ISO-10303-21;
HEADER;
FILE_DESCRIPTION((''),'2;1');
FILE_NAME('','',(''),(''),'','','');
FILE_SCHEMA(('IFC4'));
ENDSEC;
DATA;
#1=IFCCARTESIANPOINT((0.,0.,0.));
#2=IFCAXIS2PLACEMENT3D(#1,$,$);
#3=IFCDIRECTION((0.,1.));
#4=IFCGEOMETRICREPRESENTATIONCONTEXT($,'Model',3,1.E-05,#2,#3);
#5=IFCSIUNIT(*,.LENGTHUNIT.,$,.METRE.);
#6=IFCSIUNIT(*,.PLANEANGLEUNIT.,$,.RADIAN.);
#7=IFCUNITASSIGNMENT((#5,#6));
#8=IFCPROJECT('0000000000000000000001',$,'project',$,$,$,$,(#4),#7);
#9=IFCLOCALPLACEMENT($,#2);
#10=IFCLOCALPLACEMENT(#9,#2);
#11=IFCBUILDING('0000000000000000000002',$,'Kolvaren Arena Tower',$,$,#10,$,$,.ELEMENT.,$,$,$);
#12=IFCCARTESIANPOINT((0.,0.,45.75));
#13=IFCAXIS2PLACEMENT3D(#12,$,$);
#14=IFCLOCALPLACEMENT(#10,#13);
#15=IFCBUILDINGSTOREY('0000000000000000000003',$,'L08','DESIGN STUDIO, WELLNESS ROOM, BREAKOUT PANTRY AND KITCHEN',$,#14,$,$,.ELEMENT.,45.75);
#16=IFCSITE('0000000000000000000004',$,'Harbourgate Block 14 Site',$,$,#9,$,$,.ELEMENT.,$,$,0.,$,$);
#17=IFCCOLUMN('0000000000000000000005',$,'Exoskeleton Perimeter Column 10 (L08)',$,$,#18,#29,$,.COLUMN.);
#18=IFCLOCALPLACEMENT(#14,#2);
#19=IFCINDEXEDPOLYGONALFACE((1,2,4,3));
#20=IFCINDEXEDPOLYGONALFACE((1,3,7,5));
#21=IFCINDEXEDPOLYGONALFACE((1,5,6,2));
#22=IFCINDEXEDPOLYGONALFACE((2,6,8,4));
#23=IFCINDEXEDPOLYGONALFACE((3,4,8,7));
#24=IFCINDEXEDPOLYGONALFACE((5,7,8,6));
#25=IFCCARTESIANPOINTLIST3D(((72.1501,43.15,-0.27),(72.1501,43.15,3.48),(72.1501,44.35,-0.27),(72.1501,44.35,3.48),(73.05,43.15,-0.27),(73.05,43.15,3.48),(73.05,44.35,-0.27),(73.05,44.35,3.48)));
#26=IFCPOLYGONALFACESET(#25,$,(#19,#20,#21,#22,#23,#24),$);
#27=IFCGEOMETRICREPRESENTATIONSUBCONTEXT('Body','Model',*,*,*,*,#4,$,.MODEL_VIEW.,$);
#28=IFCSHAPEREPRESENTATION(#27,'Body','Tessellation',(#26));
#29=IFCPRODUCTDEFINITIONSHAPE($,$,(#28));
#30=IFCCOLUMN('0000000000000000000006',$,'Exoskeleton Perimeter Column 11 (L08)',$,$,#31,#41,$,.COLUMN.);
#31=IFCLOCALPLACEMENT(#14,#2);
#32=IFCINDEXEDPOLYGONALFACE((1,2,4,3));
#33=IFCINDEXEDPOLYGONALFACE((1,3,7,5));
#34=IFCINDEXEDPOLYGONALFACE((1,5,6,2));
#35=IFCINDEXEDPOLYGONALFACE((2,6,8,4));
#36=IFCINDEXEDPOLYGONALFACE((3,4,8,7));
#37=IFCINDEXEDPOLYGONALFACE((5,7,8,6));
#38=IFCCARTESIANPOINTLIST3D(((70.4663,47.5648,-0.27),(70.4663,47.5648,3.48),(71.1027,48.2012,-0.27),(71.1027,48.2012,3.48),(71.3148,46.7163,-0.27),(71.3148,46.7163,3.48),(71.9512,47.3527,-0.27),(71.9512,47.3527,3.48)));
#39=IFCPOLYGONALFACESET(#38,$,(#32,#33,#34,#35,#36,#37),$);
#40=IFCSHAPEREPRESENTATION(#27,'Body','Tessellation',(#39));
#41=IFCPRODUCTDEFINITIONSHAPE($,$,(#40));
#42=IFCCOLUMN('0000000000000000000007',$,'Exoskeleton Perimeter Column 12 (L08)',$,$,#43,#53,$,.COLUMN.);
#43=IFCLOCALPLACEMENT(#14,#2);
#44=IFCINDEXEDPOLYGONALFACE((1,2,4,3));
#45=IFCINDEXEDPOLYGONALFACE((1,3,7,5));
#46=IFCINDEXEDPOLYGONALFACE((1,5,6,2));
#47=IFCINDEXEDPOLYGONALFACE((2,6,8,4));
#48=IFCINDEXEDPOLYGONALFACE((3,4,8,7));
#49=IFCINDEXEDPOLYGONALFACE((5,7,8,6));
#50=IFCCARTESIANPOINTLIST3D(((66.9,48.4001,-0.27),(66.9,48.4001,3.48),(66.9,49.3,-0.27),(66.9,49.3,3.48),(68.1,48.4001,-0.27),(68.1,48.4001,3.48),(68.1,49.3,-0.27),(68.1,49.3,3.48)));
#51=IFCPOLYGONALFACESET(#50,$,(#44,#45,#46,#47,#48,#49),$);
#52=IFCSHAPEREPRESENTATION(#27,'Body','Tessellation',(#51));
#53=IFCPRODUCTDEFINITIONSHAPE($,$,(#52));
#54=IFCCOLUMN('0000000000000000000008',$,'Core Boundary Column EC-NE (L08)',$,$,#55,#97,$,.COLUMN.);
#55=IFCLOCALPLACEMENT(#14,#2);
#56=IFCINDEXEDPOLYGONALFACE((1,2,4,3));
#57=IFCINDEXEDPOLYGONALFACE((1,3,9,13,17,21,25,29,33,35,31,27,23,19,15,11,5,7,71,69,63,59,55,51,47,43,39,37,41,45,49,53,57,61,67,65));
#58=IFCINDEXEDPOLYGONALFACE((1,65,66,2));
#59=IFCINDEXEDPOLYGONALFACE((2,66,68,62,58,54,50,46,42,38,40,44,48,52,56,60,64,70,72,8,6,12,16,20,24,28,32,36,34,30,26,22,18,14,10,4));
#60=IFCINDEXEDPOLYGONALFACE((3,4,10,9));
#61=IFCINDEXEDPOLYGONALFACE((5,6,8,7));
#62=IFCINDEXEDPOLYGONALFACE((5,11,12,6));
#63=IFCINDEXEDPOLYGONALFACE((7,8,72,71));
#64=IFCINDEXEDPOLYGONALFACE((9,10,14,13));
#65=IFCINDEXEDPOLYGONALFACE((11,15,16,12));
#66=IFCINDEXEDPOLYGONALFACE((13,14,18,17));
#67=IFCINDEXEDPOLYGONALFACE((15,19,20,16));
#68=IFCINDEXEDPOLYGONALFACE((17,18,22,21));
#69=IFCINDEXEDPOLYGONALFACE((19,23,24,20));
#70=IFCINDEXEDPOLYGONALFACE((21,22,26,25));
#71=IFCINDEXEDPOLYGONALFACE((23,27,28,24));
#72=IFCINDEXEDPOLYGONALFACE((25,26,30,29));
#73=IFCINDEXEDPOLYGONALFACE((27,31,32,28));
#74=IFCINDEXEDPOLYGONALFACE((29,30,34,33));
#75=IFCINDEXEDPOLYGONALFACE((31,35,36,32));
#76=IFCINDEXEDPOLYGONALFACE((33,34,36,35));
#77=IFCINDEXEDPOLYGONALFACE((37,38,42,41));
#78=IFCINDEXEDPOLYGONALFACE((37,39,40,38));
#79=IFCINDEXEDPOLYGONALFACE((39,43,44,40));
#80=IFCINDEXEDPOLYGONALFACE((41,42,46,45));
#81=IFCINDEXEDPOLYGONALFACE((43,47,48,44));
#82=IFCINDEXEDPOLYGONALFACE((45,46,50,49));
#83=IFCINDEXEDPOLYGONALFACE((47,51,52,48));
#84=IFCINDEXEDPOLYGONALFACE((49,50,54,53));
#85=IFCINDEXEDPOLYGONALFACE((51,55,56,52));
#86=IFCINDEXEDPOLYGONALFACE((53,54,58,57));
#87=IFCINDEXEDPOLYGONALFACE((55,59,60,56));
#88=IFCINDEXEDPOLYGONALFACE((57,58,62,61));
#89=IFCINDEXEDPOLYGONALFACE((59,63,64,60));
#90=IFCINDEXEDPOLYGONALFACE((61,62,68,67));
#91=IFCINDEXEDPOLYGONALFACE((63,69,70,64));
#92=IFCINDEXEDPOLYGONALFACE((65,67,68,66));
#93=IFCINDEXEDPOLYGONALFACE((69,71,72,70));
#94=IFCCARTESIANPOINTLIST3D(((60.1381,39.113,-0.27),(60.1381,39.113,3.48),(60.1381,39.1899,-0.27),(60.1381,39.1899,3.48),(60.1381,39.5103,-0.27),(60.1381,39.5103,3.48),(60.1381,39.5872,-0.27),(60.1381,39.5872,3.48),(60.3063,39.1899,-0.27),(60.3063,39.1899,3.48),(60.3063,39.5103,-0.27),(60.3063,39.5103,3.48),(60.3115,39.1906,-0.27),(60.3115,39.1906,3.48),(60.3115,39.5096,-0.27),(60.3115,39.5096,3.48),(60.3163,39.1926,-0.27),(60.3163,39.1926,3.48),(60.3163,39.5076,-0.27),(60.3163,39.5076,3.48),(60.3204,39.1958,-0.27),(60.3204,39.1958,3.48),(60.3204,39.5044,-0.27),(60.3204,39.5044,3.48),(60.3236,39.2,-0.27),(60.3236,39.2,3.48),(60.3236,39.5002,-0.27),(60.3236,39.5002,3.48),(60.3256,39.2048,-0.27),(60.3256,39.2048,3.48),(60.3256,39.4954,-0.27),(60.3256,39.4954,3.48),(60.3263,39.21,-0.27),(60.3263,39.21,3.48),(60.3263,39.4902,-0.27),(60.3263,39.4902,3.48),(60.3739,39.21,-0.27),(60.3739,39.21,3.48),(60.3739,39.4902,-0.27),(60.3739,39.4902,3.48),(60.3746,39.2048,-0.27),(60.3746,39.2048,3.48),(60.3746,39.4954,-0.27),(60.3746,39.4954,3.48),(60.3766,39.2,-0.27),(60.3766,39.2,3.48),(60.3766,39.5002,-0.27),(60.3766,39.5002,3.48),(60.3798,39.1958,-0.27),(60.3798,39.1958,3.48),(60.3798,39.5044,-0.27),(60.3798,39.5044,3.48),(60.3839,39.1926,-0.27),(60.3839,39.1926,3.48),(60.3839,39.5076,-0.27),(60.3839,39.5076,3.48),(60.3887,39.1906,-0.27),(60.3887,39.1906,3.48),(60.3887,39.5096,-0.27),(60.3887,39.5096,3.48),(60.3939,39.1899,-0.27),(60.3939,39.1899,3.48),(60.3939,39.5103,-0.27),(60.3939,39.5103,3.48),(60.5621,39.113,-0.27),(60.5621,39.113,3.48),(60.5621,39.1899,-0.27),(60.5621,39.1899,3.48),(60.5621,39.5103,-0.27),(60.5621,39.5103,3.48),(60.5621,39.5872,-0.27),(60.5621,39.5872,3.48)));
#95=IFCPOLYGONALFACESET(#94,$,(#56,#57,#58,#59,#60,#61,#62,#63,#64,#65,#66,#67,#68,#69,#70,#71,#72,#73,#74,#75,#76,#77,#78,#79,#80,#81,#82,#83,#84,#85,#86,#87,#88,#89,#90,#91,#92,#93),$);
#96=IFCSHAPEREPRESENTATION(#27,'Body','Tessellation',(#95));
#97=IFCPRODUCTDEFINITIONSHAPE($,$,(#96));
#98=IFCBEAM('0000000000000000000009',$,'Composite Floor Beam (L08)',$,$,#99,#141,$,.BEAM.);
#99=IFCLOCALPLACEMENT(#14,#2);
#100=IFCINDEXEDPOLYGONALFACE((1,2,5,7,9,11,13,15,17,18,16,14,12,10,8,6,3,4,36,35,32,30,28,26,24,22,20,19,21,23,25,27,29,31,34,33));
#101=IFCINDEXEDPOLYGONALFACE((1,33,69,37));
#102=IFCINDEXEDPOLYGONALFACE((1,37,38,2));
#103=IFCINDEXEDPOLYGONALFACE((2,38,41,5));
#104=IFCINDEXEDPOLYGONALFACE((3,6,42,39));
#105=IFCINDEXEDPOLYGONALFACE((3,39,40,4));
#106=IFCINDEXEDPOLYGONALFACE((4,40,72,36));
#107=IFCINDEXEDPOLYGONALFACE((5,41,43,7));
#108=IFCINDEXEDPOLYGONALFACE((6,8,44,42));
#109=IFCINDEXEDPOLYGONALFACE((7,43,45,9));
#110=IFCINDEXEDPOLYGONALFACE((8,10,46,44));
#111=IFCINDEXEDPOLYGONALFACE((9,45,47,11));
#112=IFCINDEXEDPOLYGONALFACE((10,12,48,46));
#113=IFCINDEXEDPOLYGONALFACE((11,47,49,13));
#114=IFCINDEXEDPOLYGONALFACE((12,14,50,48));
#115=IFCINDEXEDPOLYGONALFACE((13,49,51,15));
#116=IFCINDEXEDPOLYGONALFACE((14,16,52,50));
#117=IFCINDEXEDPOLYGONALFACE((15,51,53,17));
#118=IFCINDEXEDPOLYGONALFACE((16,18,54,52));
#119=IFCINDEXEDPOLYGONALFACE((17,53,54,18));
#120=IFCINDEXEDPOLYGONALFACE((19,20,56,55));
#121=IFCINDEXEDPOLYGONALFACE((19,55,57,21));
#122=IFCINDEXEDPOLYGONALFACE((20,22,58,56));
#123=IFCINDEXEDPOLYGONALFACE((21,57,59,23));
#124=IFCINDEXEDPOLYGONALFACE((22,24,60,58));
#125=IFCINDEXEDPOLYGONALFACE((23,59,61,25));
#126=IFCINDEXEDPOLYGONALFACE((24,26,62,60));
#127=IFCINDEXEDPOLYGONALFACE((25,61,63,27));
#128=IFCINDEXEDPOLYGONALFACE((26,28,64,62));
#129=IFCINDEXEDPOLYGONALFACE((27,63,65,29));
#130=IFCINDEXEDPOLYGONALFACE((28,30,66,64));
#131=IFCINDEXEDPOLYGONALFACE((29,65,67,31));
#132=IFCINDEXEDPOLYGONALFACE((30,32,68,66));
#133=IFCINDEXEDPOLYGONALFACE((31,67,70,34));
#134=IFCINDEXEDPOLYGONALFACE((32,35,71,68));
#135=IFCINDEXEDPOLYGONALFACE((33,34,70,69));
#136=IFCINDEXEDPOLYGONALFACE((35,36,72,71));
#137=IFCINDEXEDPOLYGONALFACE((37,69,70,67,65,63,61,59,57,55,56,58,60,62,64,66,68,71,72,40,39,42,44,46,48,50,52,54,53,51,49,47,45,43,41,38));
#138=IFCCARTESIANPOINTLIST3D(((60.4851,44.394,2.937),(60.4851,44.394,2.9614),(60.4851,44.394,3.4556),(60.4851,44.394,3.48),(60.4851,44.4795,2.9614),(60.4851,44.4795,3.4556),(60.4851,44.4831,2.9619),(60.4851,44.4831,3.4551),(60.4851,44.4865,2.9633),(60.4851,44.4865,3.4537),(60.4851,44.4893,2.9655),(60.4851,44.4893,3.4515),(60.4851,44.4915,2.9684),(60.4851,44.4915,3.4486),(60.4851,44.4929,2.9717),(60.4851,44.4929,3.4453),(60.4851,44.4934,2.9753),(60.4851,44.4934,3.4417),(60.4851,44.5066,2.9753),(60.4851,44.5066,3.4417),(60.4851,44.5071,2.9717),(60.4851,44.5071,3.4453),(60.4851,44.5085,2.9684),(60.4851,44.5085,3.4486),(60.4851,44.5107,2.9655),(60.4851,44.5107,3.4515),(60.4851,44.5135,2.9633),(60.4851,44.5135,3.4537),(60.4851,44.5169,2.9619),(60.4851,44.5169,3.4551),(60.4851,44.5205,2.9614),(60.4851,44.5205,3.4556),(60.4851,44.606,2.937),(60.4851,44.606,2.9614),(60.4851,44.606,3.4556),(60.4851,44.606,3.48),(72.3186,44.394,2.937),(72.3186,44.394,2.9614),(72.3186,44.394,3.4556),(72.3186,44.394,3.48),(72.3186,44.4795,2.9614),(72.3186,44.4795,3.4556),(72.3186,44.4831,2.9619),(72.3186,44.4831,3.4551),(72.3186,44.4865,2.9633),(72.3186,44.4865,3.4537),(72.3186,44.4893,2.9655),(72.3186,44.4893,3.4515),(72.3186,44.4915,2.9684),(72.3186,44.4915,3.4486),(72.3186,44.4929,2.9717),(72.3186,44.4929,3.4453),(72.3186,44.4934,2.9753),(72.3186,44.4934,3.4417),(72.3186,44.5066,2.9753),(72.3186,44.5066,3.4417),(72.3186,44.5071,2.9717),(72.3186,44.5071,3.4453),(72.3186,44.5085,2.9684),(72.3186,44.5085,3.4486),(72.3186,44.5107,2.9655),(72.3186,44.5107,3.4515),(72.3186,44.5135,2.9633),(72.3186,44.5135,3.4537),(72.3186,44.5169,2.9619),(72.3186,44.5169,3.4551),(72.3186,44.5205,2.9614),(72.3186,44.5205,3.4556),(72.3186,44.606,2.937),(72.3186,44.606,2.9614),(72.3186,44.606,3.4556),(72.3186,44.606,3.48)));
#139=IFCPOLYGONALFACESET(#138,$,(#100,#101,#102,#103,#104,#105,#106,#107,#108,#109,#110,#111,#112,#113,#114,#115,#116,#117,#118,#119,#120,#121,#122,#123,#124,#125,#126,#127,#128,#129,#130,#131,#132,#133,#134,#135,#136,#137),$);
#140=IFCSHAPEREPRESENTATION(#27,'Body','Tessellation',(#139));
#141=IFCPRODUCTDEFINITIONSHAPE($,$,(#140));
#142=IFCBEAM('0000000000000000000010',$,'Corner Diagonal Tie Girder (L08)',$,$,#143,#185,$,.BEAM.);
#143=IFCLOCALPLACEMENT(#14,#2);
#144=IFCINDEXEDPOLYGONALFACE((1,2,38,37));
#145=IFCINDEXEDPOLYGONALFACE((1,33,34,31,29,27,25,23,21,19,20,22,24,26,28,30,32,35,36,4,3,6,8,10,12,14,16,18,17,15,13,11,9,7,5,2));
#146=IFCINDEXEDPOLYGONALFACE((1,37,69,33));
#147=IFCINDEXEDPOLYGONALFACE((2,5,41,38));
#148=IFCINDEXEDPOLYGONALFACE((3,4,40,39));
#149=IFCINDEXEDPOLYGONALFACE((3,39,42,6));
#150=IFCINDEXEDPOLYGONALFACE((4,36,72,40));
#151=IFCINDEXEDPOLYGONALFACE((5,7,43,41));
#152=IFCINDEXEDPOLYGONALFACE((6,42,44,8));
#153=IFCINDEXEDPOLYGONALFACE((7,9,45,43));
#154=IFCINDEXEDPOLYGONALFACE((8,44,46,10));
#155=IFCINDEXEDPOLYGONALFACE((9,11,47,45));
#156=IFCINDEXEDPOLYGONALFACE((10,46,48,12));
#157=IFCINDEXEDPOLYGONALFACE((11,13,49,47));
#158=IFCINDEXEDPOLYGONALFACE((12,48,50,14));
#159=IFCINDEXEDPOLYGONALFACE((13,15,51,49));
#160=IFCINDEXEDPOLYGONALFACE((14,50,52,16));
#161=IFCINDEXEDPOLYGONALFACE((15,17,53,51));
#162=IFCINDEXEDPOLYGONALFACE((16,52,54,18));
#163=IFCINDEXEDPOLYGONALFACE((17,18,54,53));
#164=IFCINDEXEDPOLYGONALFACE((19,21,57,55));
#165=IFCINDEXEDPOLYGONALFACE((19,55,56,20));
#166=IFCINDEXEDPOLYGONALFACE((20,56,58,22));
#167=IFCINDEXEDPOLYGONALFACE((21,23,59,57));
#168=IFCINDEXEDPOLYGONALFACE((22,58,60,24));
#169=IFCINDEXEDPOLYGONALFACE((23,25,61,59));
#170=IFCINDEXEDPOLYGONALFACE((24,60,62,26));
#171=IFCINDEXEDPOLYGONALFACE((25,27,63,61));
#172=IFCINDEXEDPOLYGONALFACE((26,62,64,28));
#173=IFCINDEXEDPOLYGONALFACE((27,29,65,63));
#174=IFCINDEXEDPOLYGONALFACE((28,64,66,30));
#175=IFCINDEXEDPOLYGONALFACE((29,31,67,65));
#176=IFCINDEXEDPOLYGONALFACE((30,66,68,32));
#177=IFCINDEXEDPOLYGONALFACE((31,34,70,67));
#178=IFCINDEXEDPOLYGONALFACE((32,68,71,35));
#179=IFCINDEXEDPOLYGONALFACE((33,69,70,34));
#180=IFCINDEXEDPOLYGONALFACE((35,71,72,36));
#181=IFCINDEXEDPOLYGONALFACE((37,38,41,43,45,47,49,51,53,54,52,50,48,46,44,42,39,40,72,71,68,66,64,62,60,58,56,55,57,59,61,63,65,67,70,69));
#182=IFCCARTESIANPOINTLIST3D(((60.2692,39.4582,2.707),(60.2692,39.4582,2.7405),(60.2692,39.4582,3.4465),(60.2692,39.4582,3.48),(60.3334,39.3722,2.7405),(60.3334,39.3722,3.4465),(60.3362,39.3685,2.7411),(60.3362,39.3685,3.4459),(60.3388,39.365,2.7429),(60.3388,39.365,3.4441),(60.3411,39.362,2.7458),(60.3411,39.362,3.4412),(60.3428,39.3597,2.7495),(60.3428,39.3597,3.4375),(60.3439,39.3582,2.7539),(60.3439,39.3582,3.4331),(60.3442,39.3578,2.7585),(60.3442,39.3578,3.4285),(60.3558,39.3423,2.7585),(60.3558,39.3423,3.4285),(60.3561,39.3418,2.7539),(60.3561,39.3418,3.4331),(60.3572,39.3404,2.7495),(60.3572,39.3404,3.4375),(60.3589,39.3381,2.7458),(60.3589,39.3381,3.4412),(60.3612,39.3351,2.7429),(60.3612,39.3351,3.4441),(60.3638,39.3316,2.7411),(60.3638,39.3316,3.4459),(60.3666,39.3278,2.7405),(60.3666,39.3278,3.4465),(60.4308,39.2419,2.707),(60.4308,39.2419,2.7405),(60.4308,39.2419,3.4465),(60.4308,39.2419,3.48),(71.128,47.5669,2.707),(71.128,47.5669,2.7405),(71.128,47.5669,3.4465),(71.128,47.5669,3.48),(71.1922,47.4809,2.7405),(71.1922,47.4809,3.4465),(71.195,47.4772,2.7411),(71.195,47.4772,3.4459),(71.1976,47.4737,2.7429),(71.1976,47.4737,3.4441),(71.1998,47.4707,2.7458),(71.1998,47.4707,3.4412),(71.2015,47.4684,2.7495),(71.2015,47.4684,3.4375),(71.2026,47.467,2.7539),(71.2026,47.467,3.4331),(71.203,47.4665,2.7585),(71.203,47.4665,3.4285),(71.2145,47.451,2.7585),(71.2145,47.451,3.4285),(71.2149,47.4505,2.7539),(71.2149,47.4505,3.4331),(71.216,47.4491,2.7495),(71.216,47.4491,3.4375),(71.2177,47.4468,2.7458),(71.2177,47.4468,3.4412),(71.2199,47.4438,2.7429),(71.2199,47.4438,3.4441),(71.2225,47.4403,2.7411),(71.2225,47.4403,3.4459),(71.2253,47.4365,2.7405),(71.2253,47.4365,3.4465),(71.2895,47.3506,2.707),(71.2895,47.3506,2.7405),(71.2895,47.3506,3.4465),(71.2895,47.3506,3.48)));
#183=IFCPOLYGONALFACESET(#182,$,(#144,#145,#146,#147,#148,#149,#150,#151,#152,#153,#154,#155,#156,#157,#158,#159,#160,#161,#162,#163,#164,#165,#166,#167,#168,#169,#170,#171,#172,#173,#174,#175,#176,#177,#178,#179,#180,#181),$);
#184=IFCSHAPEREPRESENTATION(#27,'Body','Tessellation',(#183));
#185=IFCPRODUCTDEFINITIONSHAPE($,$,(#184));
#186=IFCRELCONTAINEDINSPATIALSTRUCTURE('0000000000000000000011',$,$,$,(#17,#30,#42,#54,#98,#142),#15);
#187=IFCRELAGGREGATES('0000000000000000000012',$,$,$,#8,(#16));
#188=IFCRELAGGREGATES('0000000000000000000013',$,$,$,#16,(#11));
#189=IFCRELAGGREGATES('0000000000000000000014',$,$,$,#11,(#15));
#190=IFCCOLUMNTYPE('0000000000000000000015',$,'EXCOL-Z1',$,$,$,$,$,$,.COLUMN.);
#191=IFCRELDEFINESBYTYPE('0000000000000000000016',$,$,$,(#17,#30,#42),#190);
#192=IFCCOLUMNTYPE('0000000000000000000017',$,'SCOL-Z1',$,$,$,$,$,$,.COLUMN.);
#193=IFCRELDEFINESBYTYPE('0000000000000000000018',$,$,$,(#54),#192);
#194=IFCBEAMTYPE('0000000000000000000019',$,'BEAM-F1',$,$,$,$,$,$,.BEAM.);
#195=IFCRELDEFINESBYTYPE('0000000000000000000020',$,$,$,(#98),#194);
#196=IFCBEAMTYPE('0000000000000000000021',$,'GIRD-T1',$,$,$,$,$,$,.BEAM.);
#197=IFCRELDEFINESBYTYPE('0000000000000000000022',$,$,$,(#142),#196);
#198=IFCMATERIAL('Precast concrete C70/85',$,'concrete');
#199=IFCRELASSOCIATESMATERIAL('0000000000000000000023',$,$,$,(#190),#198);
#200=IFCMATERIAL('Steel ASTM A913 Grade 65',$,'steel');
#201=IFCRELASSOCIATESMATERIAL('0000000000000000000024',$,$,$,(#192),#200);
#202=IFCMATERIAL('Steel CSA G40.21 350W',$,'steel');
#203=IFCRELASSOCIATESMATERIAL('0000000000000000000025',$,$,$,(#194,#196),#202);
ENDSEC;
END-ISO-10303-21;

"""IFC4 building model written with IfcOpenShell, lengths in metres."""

from ifc_helpers import new_model, si_unit, direction, frame, origin, origin_2d, place, context, subcontext, project, spatial, rectangle, i_section, extrude, material, material_profile, profile_set, type_object, element, save


model = new_model("IFC4")

# Units and contexts
model_context = context("Model", 3, precision=1e-05, world=origin(), true_north=direction((0.0, 1.0)))
body_context = subcontext(model_context, "Body", "Model", "MODEL_VIEW")
ifc_project = project(units=[si_unit("LENGTHUNIT", "METRE"), si_unit("PLANEANGLEUNIT", "RADIAN")], contexts=[model_context])

# Site, building, storey
site_placement = place(None, origin())
site = spatial("IfcSite", under=ifc_project, at=site_placement, Name="Harbourgate Block 14 Site", CompositionType="ELEMENT", RefElevation=0.0)
building_placement = place(site_placement, origin())
building = spatial("IfcBuilding", under=site, at=building_placement, Name="Kolvaren Arena Tower", CompositionType="ELEMENT")
storey_placement = place(building_placement, frame((0.0, 0.0, 45.75)))
storey = spatial("IfcBuildingStorey", under=building, at=storey_placement, Name="L08", Description="DESIGN STUDIO, WELLNESS ROOM, BREAKOUT PANTRY AND KITCHEN", CompositionType="ELEMENT", Elevation=45.75)

# Columns
ifc_material_1 = material(Name="Precast concrete C70/85", Category="concrete")
ifc_material_profile_1 = material_profile(ifc_material_1, rectangle(XDim=1.2, YDim=0.8999, at=origin_2d()), Name="RC-1200x900")
ifc_profile_set_1 = profile_set([ifc_material_profile_1], Name="Precast concrete C70/85")
column_type_1 = type_object("IfcColumnType", Name="EXCOL-Z1", PredefinedType="COLUMN", material=ifc_profile_set_1)
for number, where, z_axis, x_axis, name in (
    (1, (72.6001, 43.75, -0.27), (0.0, 0.0, 1.0), (0.0, 1.0, 0.0), "Exoskeleton Perimeter Column 10 (L08)"),
    (2, (71.2087, 47.4587, -0.27), (0.0, 0.0, 1.0), (-0.707107, 0.707107, 0.0), "Exoskeleton Perimeter Column 11 (L08)"),
    (3, (67.5, 48.8501, -0.27), (0.0, 0.0, 1.0), (1.0, 0.0, 0.0), "Exoskeleton Perimeter Column 12 (L08)"),
):
    element("IfcColumn", number, at=place(storey_placement, frame(where, z_axis=z_axis, x_axis=x_axis)), inside=storey, type_object=column_type_1, Name=name, PredefinedType="COLUMN", context=body_context, shape_type="SweptSolid", body=[
        extrude(rectangle(XDim=1.2, YDim=0.8999, at=origin_2d()), origin(), (0.0, 0.0, 1.0), 3.75),
    ])
ifc_material_2 = material(Name="Steel ASTM A913 Grade 65", Category="steel")
ifc_material_profile_2 = material_profile(ifc_material_2, i_section(OverallWidth=0.4241, OverallDepth=0.4741, WebThickness=0.0476, FlangeThickness=0.0769, FilletRadius=0.02, at=origin_2d()), Name="W360x634")
ifc_profile_set_2 = profile_set([ifc_material_profile_2], Name="Steel ASTM A913 Grade 65")
column_type_2 = type_object("IfcColumnType", Name="SCOL-Z1", PredefinedType="COLUMN", material=ifc_profile_set_2)
column_placement = place(storey_placement, frame((60.3501, 39.3501, -0.27), z_axis=(0.0, 0.0, 1.0), x_axis=(1.0, 0.0, 0.0)))
element("IfcColumn", 4, at=column_placement, inside=storey, type_object=column_type_2, Name="Core Boundary Column EC-NE (L08)", PredefinedType="COLUMN", context=body_context, shape_type="SweptSolid", body=[
    extrude(i_section(OverallWidth=0.4241, OverallDepth=0.4741, WebThickness=0.0476, FlangeThickness=0.0769, FilletRadius=0.02, at=origin_2d()), origin(), (0.0, 0.0, 1.0), 3.75),
])

# Beams
ifc_material_3 = material(Name="Steel CSA G40.21 350W", Category="steel")
ifc_material_profile_3 = material_profile(ifc_material_3, i_section(OverallWidth=0.2119, OverallDepth=0.543, WebThickness=0.0132, FlangeThickness=0.0244, FilletRadius=0.0139, at=origin_2d()), Name="W530x150")
ifc_profile_set_3 = profile_set([ifc_material_profile_3], Name="Steel CSA G40.21 350W")
beam_type_1 = type_object("IfcBeamType", Name="BEAM-F1", PredefinedType="BEAM", material=ifc_profile_set_3)
beam_1_placement = place(storey_placement, frame((60.4851, 44.5, 3.2085), z_axis=(1.0, 0.0, 0.0), x_axis=(0.0, 1.0, 0.0)))
element("IfcBeam", 5, at=beam_1_placement, inside=storey, type_object=beam_type_1, Name="Composite Floor Beam (L08)", PredefinedType="BEAM", context=body_context, shape_type="SweptSolid", body=[
    extrude(i_section(OverallWidth=0.2119, OverallDepth=0.543, WebThickness=0.0132, FlangeThickness=0.0244, FilletRadius=0.0139, at=origin_2d()), origin(), (0.0, 0.0, 1.0), 11.8335),
])
ifc_material_profile_4 = material_profile(ifc_material_3, i_section(OverallWidth=0.27, OverallDepth=0.7729, WebThickness=0.0193, FlangeThickness=0.0334, FilletRadius=0.0181, at=origin_2d()), Name="W760x257")
ifc_profile_set_4 = profile_set([ifc_material_profile_4], Name="Steel CSA G40.21 350W")
beam_type_2 = type_object("IfcBeamType", Name="GIRD-T1", PredefinedType="BEAM", material=ifc_profile_set_4)
beam_2_placement = place(storey_placement, frame((71.2087, 47.4587, 3.0935), z_axis=(-0.80125, -0.59833, 0.0), x_axis=(0.59833, -0.80125, 0.0)))
element("IfcBeam", 6, at=beam_2_placement, inside=storey, type_object=beam_type_2, Name="Corner Diagonal Tie Girder (L08)", PredefinedType="BEAM", context=body_context, shape_type="SweptSolid", body=[
    extrude(i_section(OverallWidth=0.27, OverallDepth=0.7729, WebThickness=0.0193, FlangeThickness=0.0334, FilletRadius=0.0181, at=origin_2d()), origin(), (0.0, 0.0, 1.0), 13.5522),
])

save(model, "model.ifc")
